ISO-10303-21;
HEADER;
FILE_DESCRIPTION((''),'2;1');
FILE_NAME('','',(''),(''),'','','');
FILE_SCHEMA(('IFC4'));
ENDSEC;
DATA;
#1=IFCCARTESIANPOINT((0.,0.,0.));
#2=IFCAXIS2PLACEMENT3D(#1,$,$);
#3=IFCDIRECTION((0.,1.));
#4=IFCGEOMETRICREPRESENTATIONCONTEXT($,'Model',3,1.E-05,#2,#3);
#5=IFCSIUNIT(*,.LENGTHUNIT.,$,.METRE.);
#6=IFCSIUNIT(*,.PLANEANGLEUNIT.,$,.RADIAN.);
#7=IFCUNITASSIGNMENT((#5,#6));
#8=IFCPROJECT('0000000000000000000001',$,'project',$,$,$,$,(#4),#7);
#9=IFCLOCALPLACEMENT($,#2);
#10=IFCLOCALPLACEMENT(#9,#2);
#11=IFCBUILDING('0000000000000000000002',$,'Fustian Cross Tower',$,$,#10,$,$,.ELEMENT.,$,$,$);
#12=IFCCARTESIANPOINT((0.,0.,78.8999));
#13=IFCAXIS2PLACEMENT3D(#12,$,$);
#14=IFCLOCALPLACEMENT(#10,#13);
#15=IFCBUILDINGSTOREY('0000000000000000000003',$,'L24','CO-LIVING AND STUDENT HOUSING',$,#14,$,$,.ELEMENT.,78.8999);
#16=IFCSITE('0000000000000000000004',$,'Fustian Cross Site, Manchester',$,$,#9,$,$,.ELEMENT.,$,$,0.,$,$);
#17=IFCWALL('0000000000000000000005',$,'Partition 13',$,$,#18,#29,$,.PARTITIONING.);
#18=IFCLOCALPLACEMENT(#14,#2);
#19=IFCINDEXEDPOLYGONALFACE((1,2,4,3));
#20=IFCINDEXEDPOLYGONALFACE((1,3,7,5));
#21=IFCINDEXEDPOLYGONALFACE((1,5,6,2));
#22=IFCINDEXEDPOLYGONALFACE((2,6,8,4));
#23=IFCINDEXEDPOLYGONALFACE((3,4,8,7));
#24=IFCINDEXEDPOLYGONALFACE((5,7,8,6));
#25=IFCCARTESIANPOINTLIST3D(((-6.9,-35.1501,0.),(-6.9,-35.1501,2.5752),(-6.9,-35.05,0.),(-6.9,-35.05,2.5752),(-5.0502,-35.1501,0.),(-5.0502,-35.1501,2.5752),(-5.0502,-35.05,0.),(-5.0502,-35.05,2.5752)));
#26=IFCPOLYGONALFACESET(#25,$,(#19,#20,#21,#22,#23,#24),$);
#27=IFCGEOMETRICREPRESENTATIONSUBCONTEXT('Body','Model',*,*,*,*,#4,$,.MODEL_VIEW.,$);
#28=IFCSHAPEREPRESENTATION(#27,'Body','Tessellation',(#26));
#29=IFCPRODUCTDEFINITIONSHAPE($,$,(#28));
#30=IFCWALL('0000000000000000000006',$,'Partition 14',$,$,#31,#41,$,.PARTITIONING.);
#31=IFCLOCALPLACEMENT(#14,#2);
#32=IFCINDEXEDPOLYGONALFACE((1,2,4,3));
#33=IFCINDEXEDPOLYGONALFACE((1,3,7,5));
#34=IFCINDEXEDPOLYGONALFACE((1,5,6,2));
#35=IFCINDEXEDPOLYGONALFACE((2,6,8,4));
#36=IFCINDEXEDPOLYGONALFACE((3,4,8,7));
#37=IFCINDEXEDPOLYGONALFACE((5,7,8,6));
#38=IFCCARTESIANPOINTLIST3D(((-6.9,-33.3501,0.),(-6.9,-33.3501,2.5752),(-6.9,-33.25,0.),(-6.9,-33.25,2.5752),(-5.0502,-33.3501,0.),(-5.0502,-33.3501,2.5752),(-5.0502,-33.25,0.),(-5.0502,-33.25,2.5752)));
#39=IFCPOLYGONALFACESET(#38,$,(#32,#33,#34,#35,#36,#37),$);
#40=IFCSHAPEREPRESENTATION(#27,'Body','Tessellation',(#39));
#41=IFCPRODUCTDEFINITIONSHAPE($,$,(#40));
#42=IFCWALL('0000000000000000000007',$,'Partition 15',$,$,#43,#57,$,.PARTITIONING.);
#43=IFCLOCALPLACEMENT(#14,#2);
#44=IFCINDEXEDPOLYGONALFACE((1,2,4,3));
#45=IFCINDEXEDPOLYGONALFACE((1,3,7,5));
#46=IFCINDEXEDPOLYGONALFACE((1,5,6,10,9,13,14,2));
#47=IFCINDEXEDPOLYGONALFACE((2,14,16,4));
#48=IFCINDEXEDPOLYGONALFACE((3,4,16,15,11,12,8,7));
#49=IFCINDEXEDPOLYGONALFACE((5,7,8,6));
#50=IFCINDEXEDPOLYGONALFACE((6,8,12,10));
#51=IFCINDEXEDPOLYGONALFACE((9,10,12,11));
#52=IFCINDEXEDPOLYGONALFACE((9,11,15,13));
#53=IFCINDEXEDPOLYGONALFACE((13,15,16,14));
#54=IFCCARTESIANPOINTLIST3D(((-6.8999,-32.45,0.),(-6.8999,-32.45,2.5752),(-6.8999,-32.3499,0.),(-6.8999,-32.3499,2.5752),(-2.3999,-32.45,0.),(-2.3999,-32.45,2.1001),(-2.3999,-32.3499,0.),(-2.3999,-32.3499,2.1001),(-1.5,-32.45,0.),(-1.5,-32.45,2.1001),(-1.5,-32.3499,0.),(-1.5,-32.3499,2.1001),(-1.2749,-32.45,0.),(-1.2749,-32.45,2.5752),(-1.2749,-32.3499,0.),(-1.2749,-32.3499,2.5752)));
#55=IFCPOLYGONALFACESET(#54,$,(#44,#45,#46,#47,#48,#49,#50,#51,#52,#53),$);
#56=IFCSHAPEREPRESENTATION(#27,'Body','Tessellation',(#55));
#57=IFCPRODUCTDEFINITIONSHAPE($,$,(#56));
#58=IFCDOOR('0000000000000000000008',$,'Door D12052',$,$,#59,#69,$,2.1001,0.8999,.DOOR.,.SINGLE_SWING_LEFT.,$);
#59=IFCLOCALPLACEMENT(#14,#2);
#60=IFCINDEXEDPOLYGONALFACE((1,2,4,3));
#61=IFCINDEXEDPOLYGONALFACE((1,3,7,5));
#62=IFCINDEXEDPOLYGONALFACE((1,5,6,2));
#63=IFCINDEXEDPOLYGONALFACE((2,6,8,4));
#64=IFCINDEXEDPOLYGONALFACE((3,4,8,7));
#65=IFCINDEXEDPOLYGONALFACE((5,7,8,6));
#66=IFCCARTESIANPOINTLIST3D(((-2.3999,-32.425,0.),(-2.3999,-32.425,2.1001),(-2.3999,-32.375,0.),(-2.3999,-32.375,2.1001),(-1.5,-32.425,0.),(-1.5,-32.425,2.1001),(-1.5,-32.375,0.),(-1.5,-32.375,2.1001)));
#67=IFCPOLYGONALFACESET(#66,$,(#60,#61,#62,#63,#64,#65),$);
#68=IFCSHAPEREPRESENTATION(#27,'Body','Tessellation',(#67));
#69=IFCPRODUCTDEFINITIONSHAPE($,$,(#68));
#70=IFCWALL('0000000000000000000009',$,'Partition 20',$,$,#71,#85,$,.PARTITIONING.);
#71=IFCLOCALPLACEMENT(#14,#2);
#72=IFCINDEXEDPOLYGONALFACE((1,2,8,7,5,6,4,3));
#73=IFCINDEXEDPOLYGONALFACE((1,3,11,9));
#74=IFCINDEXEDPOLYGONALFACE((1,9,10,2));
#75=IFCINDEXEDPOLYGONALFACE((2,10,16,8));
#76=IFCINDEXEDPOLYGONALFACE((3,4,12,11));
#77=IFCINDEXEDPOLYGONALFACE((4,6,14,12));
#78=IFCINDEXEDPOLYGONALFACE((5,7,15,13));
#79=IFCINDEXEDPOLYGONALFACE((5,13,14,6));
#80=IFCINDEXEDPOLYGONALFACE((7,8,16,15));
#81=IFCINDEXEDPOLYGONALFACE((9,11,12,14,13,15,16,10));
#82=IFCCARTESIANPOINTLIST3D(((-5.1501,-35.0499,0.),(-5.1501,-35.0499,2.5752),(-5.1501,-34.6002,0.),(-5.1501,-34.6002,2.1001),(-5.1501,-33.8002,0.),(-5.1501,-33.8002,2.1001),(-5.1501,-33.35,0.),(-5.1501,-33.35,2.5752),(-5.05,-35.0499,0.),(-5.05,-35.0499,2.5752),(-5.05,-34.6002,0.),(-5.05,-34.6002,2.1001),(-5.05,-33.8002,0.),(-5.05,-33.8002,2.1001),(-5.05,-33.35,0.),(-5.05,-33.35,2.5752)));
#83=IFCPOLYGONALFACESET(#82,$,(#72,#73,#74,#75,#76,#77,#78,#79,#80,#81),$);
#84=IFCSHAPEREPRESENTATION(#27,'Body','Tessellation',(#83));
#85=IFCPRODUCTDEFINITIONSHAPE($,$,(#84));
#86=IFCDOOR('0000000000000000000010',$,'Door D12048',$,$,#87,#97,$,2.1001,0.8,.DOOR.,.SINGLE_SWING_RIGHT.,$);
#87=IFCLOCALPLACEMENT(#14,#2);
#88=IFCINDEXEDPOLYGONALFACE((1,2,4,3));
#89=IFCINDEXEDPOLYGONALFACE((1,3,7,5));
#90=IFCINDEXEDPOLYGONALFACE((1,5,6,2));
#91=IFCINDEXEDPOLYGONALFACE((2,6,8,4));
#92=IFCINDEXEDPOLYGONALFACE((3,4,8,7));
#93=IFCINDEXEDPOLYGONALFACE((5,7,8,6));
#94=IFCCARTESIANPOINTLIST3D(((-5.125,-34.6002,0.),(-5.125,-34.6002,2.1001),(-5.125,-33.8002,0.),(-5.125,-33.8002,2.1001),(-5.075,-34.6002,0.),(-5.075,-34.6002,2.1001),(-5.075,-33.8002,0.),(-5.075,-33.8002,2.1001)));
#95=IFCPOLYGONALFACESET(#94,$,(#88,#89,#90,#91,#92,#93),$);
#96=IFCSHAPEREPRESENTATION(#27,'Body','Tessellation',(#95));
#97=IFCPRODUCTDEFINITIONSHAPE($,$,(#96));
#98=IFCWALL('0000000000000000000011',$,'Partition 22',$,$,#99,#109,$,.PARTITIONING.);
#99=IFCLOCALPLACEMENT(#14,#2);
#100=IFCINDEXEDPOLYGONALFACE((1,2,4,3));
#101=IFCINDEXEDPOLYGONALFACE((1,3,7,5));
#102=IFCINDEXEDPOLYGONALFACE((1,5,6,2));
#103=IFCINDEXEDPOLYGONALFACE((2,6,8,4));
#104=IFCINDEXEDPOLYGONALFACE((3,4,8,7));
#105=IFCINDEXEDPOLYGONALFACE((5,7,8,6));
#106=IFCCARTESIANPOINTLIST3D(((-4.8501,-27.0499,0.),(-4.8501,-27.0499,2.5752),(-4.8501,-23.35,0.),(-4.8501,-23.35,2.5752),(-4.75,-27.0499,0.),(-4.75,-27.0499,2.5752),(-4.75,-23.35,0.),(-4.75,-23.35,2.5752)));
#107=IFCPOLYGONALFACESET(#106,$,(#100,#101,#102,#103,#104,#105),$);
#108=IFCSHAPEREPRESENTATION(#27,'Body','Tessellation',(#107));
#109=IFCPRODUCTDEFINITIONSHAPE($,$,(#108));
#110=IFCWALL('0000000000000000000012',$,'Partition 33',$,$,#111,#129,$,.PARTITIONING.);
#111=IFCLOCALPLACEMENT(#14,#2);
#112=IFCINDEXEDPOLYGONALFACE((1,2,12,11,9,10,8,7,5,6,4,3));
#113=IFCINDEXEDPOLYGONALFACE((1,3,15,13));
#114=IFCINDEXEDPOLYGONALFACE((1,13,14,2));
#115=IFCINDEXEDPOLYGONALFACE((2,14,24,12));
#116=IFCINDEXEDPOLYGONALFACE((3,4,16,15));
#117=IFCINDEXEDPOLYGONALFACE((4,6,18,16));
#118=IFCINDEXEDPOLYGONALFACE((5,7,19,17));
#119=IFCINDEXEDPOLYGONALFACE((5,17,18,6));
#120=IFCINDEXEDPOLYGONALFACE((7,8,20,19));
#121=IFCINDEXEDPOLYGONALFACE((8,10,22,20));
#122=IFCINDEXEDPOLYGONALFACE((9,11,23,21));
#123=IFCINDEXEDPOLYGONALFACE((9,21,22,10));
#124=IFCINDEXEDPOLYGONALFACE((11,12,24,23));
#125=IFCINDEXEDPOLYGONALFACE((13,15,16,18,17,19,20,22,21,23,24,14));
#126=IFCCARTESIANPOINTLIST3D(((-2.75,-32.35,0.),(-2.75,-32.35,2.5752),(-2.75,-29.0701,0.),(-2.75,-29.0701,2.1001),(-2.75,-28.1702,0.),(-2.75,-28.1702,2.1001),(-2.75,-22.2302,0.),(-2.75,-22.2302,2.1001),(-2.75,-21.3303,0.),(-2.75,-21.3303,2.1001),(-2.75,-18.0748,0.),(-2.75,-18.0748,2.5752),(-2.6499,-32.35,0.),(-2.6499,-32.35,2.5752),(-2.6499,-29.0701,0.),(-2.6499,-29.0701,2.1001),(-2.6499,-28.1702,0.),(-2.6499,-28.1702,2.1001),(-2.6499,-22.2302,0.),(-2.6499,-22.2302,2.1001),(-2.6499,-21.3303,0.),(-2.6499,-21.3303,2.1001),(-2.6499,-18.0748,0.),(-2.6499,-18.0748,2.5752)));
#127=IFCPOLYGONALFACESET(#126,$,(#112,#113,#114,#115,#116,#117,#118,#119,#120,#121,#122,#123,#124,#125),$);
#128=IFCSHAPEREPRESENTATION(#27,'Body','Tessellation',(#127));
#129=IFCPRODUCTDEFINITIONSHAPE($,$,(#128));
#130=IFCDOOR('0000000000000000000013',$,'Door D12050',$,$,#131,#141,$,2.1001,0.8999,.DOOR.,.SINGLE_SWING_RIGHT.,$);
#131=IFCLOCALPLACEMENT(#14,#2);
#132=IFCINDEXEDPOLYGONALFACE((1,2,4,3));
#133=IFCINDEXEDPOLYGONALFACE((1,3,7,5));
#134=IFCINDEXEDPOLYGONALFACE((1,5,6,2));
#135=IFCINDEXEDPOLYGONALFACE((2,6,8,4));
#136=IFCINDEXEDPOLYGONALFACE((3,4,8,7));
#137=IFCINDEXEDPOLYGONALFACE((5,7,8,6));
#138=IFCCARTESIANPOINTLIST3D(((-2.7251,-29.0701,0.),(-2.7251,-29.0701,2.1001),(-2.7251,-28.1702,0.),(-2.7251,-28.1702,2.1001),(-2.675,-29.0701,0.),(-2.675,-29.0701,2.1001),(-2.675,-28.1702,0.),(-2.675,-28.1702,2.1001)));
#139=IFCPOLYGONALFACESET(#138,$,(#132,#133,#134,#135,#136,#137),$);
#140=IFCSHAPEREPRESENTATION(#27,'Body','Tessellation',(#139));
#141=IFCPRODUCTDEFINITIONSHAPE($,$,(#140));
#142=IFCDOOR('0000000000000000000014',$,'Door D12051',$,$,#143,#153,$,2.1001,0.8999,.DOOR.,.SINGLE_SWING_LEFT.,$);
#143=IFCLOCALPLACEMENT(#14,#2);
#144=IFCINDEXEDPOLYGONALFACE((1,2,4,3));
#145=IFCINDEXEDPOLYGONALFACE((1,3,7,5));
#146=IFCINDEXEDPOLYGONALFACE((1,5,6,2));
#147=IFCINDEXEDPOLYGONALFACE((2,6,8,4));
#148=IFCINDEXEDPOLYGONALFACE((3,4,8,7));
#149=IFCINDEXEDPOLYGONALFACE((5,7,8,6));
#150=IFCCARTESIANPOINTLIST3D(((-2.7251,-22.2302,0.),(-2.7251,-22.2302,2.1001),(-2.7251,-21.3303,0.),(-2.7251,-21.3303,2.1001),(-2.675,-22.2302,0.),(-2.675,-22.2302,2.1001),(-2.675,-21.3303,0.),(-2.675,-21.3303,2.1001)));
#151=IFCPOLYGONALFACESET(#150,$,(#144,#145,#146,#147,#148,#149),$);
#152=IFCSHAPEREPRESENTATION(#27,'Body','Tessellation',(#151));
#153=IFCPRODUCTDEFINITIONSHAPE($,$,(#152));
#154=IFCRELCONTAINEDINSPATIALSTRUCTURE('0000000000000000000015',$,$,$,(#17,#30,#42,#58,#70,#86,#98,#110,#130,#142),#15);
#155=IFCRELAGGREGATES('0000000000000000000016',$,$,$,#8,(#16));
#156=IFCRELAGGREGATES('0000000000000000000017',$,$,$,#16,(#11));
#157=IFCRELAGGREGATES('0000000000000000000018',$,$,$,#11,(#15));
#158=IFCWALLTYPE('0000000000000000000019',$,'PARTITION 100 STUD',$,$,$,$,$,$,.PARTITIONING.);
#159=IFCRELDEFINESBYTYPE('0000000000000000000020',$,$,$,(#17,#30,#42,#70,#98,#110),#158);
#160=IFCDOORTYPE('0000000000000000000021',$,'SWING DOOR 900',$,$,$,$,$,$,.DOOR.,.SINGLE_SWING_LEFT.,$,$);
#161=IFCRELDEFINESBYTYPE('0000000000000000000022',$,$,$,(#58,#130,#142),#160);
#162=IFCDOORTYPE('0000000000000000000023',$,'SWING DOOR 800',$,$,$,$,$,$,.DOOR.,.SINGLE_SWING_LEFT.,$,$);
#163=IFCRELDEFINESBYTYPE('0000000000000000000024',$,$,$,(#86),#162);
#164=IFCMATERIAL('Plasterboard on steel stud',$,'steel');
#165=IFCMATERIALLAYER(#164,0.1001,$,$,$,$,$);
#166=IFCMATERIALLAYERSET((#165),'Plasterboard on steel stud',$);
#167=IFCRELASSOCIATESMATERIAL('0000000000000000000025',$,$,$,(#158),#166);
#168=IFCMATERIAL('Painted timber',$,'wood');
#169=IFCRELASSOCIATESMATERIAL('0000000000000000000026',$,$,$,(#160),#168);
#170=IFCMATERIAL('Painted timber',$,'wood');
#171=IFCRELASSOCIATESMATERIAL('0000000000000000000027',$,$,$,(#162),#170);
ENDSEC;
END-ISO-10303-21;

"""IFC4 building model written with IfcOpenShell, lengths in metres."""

from ifc_helpers import new_model, si_unit, direction, frame, frame_2d, origin, place, context, subcontext, project, spatial, rectangle, extrude, material, layer, layer_set, type_object, element, fill, save


model = new_model("IFC4")

# Units and contexts
model_context = context("Model", 3, precision=1e-05, world=origin(), true_north=direction((0.0, 1.0)))
body_context = subcontext(model_context, "Body", "Model", "MODEL_VIEW")
ifc_project = project(units=[si_unit("LENGTHUNIT", "METRE"), si_unit("PLANEANGLEUNIT", "RADIAN")], contexts=[model_context])

# Site, building, storey
site_placement = place(None, origin())
site = spatial("IfcSite", under=ifc_project, at=site_placement, Name="Fustian Cross Site, Manchester", CompositionType="ELEMENT", RefElevation=0.0)
building_placement = place(site_placement, origin())
building = spatial("IfcBuilding", under=site, at=building_placement, Name="Fustian Cross Tower", CompositionType="ELEMENT")
storey_placement = place(building_placement, frame((0.0, 0.0, 78.8999)))
storey = spatial("IfcBuildingStorey", under=building, at=storey_placement, Name="L24", Description="CO-LIVING AND STUDENT HOUSING", CompositionType="ELEMENT", Elevation=78.8999)

# Walls
ifc_material_1 = material(Name="Plasterboard on steel stud", Category="steel")
ifc_layer_1 = layer(ifc_material_1, 0.1001)
ifc_layer_set_1 = layer_set([ifc_layer_1], Name="Plasterboard on steel stud")
wall_type_1 = type_object("IfcWallType", Name="PARTITION 100 STUD", PredefinedType="PARTITIONING", material=ifc_layer_set_1)
for number, where, z_axis, x_axis, name in (
    (1, (-6.8999, -35.1001, 0.0), (0.0, 0.0, 1.0), (1.0, 0.0, 0.0), "Partition 13"),
    (2, (-6.8999, -33.3, 0.0), (0.0, 0.0, 1.0), (1.0, 0.0, 0.0), "Partition 14"),
):
    element("IfcWall", number, at=place(storey_placement, frame(where, z_axis=z_axis, x_axis=x_axis)), inside=storey, type_object=wall_type_1, Name=name, PredefinedType="PARTITIONING", context=body_context, shape_type="SweptSolid", body=[
        extrude(rectangle(XDim=1.8499, YDim=0.1001, at=frame_2d((0.9248, 0.0))), origin(), (0.0, 0.0, 1.0), 2.5752),
    ])

# Walls, openings, doors
wall_1_placement = place(storey_placement, frame((-6.8999, -32.3999, 0.0), z_axis=(0.0, 0.0, 1.0), x_axis=(1.0, 0.0, 0.0)))
wall_1 = element("IfcWall", 3, at=wall_1_placement, inside=storey, type_object=wall_type_1, Name="Partition 15", PredefinedType="PARTITIONING", context=body_context, shape_type="SweptSolid", body=[
    extrude(rectangle(XDim=5.625, YDim=0.1001, at=frame_2d((2.8125, 0.0))), origin(), (0.0, 0.0, 1.0), 2.5752),
])
opening_1_placement = place(wall_1_placement, frame((4.5, 0.0, 0.0)))
opening_1 = element("IfcOpeningElement", 4, at=opening_1_placement, cuts=wall_1, PredefinedType="OPENING", context=body_context, shape_type="SweptSolid", body=[
    extrude(rectangle(XDim=0.8999, YDim=2.1001, at=frame_2d((0.45, 1.05))), frame((0.0, 0.0601, 0.0), z_axis=(0.0, -1.0, 0.0), x_axis=(1.0, 0.0, 0.0)), (0.0, 0.0, 1.0), 0.1201),
])
ifc_material_2 = material(Name="Painted timber", Category="wood")
door_type_1 = type_object("IfcDoorType", Name="SWING DOOR 900", OperationType="SINGLE_SWING_LEFT", PredefinedType="DOOR", material=ifc_material_2)
door_1_placement = place(opening_1_placement, origin())
door_1 = element("IfcDoor", 5, at=door_1_placement, inside=storey, type_object=door_type_1, Name="Door D12052", OperationType="SINGLE_SWING_LEFT", OverallHeight=2.1001, OverallWidth=0.8999, PredefinedType="DOOR", context=body_context, shape_type="SweptSolid", body=[
    extrude(rectangle(XDim=0.8999, YDim=2.1001, at=frame_2d((0.45, 1.05))), frame((0.0, 0.0249, 0.0), z_axis=(0.0, -1.0, 0.0), x_axis=(1.0, 0.0, 0.0)), (0.0, 0.0, 1.0), 0.05),
])
fill(opening_1, door_1)
wall_2_placement = place(storey_placement, frame((-5.1001, -35.05, 0.0), z_axis=(0.0, 0.0, 1.0), x_axis=(0.0, 1.0, 0.0)))
wall_2 = element("IfcWall", 6, at=wall_2_placement, inside=storey, type_object=wall_type_1, Name="Partition 20", PredefinedType="PARTITIONING", context=body_context, shape_type="SweptSolid", body=[
    extrude(rectangle(XDim=1.7, YDim=0.1001, at=frame_2d((0.8501, 0.0))), origin(), (0.0, 0.0, 1.0), 2.5752),
])
opening_2_placement = place(wall_2_placement, frame((0.45, 0.0, 0.0)))
opening_2 = element("IfcOpeningElement", 7, at=opening_2_placement, cuts=wall_2, PredefinedType="OPENING", context=body_context, shape_type="SweptSolid", body=[
    extrude(rectangle(XDim=0.8, YDim=2.1001, at=frame_2d((0.3999, 1.05))), frame((0.0, 0.0601, 0.0), z_axis=(0.0, -1.0, 0.0), x_axis=(1.0, 0.0, 0.0)), (0.0, 0.0, 1.0), 0.1201),
])
ifc_material_3 = material(Name="Painted timber", Category="wood")
door_type_2 = type_object("IfcDoorType", Name="SWING DOOR 800", OperationType="SINGLE_SWING_LEFT", PredefinedType="DOOR", material=ifc_material_3)
door_2_placement = place(opening_2_placement, origin())
door_2 = element("IfcDoor", 8, at=door_2_placement, inside=storey, type_object=door_type_2, Name="Door D12048", OperationType="SINGLE_SWING_RIGHT", OverallHeight=2.1001, OverallWidth=0.8, PredefinedType="DOOR", context=body_context, shape_type="SweptSolid", body=[
    extrude(rectangle(XDim=0.8, YDim=2.1001, at=frame_2d((0.3999, 1.05))), frame((0.0, 0.0249, 0.0), z_axis=(0.0, -1.0, 0.0), x_axis=(1.0, 0.0, 0.0)), (0.0, 0.0, 1.0), 0.05),
])
fill(opening_2, door_2)

# Wall
wall_3_placement = place(storey_placement, frame((-4.8, -27.05, 0.0), z_axis=(0.0, 0.0, 1.0), x_axis=(0.0, 1.0, 0.0)))
element("IfcWall", 9, at=wall_3_placement, inside=storey, type_object=wall_type_1, Name="Partition 22", PredefinedType="PARTITIONING", context=body_context, shape_type="SweptSolid", body=[
    extrude(rectangle(XDim=3.7, YDim=0.1001, at=frame_2d((1.8501, 0.0))), origin(), (0.0, 0.0, 1.0), 2.5752),
])

# Wall, openings, doors
wall_4_placement = place(storey_placement, frame((-2.7, -32.3501, 0.0), z_axis=(0.0, 0.0, 1.0), x_axis=(0.0, 1.0, 0.0)))
wall_4 = element("IfcWall", 10, at=wall_4_placement, inside=storey, type_object=wall_type_1, Name="Partition 33", PredefinedType="PARTITIONING", context=body_context, shape_type="SweptSolid", body=[
    extrude(rectangle(XDim=14.2751, YDim=0.1001, at=frame_2d((7.1377, 0.0))), origin(), (0.0, 0.0, 1.0), 2.5752),
])
opening_3_placement = place(wall_4_placement, frame((3.28, 0.0, 0.0)))
opening_3 = element("IfcOpeningElement", 11, at=opening_3_placement, cuts=wall_4, PredefinedType="OPENING", context=body_context, shape_type="SweptSolid", body=[
    extrude(rectangle(XDim=0.8999, YDim=2.1001, at=frame_2d((0.45, 1.05))), frame((0.0, 0.0601, 0.0), z_axis=(0.0, -1.0, 0.0), x_axis=(1.0, 0.0, 0.0)), (0.0, 0.0, 1.0), 0.1201),
])
opening_4_placement = place(wall_4_placement, frame((10.1199, 0.0, 0.0)))
opening_4 = element("IfcOpeningElement", 12, at=opening_4_placement, cuts=wall_4, PredefinedType="OPENING", context=body_context, shape_type="SweptSolid", body=[
    extrude(rectangle(XDim=0.8999, YDim=2.1001, at=frame_2d((0.45, 1.05))), frame((0.0, 0.0601, 0.0), z_axis=(0.0, -1.0, 0.0), x_axis=(1.0, 0.0, 0.0)), (0.0, 0.0, 1.0), 0.1201),
])
door_3_placement = place(opening_3_placement, frame((0.8999, 0.0, 0.0), z_axis=(0.0, 0.0, 1.0), x_axis=(-1.0, 0.0, 0.0)))
door_3 = element("IfcDoor", 13, at=door_3_placement, inside=storey, type_object=door_type_1, Name="Door D12050", OperationType="SINGLE_SWING_RIGHT", OverallHeight=2.1001, OverallWidth=0.8999, PredefinedType="DOOR", context=body_context, shape_type="SweptSolid", body=[
    extrude(rectangle(XDim=0.8999, YDim=2.1001, at=frame_2d((0.45, 1.05))), frame((0.0, 0.0249, 0.0), z_axis=(0.0, -1.0, 0.0), x_axis=(1.0, 0.0, 0.0)), (0.0, 0.0, 1.0), 0.05),
])
fill(opening_3, door_3)
door_4_placement = place(opening_4_placement, frame((0.8999, 0.0, 0.0), z_axis=(0.0, 0.0, 1.0), x_axis=(-1.0, 0.0, 0.0)))
door_4 = element("IfcDoor", 14, at=door_4_placement, inside=storey, type_object=door_type_1, Name="Door D12051", OperationType="SINGLE_SWING_LEFT", OverallHeight=2.1001, OverallWidth=0.8999, PredefinedType="DOOR", context=body_context, shape_type="SweptSolid", body=[
    extrude(rectangle(XDim=0.8999, YDim=2.1001, at=frame_2d((0.45, 1.05))), frame((0.0, 0.0249, 0.0), z_axis=(0.0, -1.0, 0.0), x_axis=(1.0, 0.0, 0.0)), (0.0, 0.0, 1.0), 0.05),
])
fill(opening_4, door_4)

save(model, "model.ifc")
